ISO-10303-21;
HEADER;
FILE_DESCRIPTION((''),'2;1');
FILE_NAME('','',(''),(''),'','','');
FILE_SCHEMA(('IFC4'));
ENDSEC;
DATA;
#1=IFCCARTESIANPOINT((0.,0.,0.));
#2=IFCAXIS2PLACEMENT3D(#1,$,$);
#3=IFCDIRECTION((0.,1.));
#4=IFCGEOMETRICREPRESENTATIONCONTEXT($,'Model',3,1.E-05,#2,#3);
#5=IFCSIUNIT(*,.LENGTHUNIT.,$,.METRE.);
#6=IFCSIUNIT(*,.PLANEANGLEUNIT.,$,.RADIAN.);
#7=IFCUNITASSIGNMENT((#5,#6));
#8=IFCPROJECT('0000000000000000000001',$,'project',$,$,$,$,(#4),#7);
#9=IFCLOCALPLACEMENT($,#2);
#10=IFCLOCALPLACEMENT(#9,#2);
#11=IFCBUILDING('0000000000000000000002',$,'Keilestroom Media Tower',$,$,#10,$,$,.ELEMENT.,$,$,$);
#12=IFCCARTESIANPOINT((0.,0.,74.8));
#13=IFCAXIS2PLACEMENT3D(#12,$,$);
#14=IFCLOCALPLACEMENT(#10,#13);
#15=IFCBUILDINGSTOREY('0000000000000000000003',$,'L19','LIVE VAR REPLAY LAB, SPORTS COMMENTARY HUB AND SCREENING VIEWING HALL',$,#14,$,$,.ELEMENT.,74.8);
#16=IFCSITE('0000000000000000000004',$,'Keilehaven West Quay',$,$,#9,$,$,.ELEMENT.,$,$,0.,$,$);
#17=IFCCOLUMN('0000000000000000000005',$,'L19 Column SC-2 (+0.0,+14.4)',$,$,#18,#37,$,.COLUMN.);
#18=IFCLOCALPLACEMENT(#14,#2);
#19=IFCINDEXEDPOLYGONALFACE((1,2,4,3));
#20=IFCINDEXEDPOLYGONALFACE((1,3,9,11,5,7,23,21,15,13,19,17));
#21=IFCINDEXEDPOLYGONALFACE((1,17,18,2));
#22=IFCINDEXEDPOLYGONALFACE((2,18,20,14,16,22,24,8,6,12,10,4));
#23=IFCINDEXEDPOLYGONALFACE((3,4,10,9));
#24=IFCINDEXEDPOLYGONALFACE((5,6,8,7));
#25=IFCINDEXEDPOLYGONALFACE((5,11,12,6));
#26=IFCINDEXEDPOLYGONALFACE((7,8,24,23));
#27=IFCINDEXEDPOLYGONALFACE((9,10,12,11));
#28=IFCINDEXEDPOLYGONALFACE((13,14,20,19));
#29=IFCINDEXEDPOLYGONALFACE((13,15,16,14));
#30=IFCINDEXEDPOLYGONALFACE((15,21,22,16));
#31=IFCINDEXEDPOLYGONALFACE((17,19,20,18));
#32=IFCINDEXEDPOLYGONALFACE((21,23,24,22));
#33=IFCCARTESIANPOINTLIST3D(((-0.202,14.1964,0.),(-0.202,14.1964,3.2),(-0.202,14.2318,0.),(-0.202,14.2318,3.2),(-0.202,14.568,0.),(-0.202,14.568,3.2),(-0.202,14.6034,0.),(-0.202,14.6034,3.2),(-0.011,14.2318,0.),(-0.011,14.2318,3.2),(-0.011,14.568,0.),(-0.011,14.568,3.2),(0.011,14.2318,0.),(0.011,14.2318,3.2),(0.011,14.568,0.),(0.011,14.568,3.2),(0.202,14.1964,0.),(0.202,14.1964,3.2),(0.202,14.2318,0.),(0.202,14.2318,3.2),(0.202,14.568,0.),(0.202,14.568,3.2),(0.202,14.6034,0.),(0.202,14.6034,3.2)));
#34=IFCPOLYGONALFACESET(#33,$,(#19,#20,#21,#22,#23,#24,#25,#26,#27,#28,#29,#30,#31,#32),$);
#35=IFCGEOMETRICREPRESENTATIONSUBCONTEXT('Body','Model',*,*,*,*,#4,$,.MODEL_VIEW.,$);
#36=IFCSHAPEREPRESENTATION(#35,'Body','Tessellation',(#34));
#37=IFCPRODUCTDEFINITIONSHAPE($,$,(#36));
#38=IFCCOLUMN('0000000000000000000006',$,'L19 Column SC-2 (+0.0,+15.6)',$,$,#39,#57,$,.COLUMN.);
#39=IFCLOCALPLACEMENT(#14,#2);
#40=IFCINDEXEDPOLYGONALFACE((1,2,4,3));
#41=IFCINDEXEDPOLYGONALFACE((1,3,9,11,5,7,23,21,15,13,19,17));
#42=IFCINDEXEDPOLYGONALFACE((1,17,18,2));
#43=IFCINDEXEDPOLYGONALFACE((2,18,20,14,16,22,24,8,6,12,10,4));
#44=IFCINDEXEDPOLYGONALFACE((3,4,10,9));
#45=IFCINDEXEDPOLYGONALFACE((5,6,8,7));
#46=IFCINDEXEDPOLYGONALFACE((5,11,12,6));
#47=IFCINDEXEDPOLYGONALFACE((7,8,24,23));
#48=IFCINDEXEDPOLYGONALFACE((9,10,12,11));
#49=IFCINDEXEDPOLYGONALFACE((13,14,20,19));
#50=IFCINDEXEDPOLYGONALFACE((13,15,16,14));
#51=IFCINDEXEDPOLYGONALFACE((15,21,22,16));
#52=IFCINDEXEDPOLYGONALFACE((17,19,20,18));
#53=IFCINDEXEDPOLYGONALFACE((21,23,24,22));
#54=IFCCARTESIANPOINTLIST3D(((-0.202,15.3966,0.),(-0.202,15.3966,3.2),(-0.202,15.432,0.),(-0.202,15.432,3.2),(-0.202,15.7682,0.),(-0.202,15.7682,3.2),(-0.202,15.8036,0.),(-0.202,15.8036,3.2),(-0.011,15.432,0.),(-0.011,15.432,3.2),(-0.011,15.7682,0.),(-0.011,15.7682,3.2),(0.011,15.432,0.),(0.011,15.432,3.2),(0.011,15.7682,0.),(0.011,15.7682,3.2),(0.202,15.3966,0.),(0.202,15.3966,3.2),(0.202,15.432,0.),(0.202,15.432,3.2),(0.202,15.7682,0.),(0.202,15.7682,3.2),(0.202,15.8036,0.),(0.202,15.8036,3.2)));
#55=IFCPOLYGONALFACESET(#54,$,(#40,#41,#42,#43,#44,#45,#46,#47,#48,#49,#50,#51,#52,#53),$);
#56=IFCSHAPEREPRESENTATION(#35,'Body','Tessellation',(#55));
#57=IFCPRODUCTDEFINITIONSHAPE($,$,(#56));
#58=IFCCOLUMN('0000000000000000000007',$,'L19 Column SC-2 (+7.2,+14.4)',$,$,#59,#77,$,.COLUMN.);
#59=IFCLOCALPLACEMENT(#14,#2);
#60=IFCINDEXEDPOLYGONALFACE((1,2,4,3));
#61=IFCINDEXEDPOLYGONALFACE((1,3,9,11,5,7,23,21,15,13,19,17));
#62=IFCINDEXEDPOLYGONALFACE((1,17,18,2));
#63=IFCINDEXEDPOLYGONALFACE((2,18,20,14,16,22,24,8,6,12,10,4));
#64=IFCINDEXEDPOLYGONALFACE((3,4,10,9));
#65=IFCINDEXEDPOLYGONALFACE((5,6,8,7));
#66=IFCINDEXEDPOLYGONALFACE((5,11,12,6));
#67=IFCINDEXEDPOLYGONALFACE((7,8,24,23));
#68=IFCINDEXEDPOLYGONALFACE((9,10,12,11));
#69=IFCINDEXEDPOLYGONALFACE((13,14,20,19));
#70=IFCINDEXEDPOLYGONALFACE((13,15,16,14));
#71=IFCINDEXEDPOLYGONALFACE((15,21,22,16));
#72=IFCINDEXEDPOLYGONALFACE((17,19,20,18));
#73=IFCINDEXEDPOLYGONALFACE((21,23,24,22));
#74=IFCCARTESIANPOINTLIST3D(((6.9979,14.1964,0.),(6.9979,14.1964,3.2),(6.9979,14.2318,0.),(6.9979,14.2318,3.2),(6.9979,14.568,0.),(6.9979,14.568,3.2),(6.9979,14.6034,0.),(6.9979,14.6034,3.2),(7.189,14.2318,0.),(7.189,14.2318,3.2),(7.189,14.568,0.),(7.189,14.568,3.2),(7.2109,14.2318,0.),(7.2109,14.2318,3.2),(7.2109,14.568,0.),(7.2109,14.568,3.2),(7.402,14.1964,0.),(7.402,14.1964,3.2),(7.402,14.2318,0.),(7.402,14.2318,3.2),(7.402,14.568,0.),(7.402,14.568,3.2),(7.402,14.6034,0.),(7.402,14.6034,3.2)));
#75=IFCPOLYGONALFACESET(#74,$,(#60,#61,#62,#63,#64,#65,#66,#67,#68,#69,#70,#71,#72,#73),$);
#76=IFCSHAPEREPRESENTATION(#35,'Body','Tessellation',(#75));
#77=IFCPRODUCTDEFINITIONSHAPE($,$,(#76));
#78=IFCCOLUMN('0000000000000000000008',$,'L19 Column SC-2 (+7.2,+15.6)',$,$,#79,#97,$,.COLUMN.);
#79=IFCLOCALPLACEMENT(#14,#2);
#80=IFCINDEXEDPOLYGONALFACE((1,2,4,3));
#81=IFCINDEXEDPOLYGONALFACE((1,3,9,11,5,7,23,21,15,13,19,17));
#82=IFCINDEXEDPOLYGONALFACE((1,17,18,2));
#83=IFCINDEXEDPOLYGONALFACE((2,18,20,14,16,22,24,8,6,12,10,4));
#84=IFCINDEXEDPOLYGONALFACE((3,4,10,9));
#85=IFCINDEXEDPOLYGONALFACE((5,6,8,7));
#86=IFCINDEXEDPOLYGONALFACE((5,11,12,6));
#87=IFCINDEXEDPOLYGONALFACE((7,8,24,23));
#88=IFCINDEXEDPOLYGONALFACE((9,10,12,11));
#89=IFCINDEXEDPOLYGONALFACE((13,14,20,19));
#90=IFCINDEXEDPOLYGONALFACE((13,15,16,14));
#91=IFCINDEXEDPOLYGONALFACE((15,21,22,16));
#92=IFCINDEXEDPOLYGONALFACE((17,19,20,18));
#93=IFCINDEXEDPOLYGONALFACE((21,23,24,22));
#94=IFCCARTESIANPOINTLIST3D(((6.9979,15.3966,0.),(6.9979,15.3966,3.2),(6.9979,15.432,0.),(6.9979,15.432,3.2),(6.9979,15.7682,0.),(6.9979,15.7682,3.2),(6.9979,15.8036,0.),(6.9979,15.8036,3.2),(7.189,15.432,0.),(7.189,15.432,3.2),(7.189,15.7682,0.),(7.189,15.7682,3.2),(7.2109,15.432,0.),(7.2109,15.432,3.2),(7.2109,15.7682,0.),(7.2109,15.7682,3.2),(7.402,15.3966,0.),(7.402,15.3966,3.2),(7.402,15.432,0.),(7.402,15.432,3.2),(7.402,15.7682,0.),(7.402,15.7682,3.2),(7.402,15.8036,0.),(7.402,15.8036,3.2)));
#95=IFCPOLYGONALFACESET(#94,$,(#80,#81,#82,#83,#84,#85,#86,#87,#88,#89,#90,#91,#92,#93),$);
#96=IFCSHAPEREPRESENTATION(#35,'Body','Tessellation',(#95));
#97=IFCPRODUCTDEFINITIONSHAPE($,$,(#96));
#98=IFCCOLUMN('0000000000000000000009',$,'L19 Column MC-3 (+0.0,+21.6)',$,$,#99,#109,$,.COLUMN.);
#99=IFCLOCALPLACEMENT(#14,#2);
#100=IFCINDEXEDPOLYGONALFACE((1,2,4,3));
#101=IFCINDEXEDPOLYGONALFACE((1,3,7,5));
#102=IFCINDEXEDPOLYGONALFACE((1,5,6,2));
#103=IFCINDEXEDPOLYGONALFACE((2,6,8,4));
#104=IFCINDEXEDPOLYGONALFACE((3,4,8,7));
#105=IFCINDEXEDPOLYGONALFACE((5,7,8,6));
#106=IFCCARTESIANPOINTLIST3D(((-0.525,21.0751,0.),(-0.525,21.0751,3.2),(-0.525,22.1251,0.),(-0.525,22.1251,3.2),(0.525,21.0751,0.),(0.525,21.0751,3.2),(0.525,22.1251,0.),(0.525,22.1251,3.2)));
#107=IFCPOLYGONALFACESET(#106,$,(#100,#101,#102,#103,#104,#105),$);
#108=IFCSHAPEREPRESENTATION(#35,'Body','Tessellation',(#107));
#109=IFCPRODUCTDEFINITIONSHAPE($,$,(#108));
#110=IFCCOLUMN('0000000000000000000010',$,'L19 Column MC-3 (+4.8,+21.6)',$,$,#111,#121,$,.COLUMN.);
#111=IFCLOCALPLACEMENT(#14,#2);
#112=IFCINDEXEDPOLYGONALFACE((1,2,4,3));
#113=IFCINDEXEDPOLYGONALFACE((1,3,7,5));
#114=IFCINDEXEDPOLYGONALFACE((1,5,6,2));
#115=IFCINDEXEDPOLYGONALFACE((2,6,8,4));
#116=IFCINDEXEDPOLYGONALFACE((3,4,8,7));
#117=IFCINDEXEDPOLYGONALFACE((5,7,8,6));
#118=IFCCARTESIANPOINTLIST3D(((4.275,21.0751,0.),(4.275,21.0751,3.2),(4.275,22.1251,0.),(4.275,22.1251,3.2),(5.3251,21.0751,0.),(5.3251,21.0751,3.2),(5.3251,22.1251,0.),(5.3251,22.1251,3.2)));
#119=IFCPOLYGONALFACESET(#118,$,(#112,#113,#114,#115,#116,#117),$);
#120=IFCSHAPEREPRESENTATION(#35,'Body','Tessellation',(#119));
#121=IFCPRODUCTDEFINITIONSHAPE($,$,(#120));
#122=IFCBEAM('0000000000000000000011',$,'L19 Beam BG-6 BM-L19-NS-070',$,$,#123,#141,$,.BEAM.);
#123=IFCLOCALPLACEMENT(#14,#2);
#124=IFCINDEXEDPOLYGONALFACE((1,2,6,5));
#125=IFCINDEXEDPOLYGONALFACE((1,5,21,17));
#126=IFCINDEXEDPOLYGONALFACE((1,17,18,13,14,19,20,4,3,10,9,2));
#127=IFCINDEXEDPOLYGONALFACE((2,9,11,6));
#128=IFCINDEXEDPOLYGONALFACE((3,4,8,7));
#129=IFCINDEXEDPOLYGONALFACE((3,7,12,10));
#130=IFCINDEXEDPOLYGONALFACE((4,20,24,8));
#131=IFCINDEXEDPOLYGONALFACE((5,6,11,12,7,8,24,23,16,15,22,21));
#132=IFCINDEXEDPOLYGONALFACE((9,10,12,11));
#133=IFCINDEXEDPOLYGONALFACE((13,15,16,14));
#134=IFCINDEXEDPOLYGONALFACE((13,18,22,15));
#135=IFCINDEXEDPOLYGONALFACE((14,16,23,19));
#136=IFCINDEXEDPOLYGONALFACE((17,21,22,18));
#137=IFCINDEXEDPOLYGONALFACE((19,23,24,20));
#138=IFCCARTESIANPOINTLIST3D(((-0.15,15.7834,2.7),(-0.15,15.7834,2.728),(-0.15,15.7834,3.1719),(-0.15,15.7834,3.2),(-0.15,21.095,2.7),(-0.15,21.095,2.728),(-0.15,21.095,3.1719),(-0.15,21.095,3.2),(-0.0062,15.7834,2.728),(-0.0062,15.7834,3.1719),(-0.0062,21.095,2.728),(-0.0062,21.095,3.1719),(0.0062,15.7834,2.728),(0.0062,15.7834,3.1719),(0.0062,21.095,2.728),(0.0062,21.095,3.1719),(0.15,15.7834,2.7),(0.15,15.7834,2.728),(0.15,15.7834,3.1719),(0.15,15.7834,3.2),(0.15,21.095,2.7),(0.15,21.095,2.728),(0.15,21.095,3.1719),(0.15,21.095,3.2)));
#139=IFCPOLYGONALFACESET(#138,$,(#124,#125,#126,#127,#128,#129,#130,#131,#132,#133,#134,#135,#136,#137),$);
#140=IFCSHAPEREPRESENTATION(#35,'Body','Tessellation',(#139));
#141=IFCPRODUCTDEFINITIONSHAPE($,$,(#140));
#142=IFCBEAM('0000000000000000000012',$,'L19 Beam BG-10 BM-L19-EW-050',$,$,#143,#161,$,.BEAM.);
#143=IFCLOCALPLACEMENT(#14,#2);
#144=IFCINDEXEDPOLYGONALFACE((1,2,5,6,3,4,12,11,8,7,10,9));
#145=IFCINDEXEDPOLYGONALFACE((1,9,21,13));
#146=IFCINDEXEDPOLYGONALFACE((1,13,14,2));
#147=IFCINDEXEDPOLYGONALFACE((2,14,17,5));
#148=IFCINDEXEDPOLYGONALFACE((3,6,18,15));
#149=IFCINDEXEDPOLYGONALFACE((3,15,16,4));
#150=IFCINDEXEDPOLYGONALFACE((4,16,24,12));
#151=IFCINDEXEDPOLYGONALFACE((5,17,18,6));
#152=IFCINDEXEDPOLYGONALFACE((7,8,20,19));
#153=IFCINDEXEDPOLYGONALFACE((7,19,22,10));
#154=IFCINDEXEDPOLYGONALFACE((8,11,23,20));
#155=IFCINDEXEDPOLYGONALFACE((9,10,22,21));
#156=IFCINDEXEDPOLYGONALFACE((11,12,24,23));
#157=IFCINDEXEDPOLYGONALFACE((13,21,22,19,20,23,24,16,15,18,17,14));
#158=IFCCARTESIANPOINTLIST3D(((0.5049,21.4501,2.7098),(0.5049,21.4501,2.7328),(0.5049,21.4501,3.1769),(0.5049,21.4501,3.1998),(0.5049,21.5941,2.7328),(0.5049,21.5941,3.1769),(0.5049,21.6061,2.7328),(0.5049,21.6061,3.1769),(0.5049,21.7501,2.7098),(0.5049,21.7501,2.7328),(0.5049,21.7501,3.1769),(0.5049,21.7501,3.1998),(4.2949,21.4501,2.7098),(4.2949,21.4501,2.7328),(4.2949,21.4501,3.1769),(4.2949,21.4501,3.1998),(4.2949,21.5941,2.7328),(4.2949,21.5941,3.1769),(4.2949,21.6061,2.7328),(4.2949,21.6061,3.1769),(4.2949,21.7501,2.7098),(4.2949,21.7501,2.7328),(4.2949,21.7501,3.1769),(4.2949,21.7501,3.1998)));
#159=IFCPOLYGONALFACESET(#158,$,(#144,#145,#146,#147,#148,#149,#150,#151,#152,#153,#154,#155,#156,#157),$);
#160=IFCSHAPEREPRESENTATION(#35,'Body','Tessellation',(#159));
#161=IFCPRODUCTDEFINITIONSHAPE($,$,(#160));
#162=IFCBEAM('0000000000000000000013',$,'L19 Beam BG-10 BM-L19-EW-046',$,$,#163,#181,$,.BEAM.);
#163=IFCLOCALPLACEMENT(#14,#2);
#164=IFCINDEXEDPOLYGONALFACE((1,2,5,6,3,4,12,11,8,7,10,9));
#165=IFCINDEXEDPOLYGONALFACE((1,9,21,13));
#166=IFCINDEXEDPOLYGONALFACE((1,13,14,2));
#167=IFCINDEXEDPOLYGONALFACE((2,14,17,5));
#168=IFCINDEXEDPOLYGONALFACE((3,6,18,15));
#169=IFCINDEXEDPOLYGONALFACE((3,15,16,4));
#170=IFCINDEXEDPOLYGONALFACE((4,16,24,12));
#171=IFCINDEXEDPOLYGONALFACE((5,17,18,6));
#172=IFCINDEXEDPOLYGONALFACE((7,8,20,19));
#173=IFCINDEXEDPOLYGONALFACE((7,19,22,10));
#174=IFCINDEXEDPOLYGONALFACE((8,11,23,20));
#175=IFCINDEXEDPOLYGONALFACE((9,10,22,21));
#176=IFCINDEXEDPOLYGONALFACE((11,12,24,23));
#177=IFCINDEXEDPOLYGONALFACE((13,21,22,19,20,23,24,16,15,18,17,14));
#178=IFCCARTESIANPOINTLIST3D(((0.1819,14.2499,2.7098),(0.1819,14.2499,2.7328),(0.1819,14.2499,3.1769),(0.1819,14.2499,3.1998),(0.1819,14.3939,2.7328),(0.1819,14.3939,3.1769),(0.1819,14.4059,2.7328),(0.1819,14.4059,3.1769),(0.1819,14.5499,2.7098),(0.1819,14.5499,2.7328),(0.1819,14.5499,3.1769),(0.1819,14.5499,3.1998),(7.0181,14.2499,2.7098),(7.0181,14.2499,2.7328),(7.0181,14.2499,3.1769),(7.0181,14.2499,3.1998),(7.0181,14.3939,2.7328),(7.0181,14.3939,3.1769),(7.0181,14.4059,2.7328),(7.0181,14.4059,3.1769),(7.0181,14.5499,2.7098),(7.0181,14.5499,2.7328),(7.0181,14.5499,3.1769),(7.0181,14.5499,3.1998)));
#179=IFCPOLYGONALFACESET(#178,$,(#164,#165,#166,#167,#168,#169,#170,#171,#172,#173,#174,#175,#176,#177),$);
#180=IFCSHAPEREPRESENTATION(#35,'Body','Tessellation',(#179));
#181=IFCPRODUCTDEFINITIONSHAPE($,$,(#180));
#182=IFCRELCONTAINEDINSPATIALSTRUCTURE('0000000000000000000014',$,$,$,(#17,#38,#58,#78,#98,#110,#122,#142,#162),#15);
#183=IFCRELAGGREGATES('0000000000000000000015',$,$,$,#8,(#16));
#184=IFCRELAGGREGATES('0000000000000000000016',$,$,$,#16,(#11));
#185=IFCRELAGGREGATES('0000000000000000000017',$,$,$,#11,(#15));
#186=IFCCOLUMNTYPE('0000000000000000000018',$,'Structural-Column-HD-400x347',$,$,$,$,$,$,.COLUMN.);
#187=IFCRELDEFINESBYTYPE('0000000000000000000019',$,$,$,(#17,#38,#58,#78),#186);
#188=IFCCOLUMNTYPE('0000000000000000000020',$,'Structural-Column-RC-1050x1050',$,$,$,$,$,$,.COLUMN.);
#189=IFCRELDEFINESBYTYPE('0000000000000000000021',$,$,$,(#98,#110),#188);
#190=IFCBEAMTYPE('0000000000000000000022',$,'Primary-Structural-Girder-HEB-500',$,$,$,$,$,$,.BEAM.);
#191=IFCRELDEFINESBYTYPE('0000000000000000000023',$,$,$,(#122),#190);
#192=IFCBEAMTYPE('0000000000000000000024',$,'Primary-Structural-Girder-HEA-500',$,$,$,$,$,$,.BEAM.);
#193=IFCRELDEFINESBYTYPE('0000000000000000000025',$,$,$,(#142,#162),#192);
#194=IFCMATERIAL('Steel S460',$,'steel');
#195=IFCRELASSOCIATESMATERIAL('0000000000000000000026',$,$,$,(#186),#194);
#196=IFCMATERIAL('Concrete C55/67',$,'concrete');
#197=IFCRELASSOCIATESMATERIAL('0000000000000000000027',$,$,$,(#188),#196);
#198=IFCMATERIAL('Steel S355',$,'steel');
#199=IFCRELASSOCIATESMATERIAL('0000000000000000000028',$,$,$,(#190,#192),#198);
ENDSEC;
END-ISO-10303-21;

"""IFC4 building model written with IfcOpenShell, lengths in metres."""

from ifc_helpers import new_model, si_unit, direction, frame, origin, origin_2d, place, context, subcontext, project, spatial, rectangle, i_section, extrude, source, transform, mapped, material, material_profile, profile_set, type_object, element, save


model = new_model("IFC4")

# Units and contexts
model_context = context("Model", 3, precision=1e-05, world=origin(), true_north=direction((0.0, 1.0)))
body_context = subcontext(model_context, "Body", "Model", "MODEL_VIEW")
ifc_project = project(units=[si_unit("LENGTHUNIT", "METRE"), si_unit("PLANEANGLEUNIT", "RADIAN")], contexts=[model_context])

# Site, building, storey
site_placement = place(None, origin())
site = spatial("IfcSite", under=ifc_project, at=site_placement, Name="Keilehaven West Quay", CompositionType="ELEMENT", RefElevation=0.0)
building_placement = place(site_placement, origin())
building = spatial("IfcBuilding", under=site, at=building_placement, Name="Keilestroom Media Tower", CompositionType="ELEMENT")
storey_placement = place(building_placement, frame((0.0, 0.0, 74.8)))
storey = spatial("IfcBuildingStorey", under=building, at=storey_placement, Name="L19", Description="LIVE VAR REPLAY LAB, SPORTS COMMENTARY HUB AND SCREENING VIEWING HALL", CompositionType="ELEMENT", Elevation=74.8)

# Columns
ifc_material_1 = material(Name="Steel S460", Category="steel")
ifc_material_profile_1 = material_profile(ifc_material_1, i_section(OverallWidth=0.4041, OverallDepth=0.407, WebThickness=0.022, FlangeThickness=0.0354, at=origin_2d()), Name="HD 400x347")
ifc_profile_set_1 = profile_set([ifc_material_profile_1], Name="Steel S460")
column_type_1 = type_object("IfcColumnType", Name="Structural-Column-HD-400x347", PredefinedType="COLUMN", material=ifc_profile_set_1)
shared_shape_1 = source(origin(), body_context, "Body", "SweptSolid", [
    extrude(i_section(OverallWidth=0.4041, OverallDepth=0.407, WebThickness=0.022, FlangeThickness=0.0354, at=origin_2d()), origin(), (0.0, 0.0, 1.0), 3.2),
])
for number, where, z_axis, x_axis, name in (
    (1, (0.0, 14.3999, 0.0), (0.0, 0.0, 1.0), (1.0, 0.0, 0.0), "L19 Column SC-2 (+0.0,+14.4)"),
    (2, (0.0, 15.6001, 0.0), (0.0, 0.0, 1.0), (1.0, 0.0, 0.0), "L19 Column SC-2 (+0.0,+15.6)"),
    (3, (7.2, 14.3999, 0.0), (0.0, 0.0, 1.0), (1.0, 0.0, 0.0), "L19 Column SC-2 (+7.2,+14.4)"),
    (4, (7.2, 15.6001, 0.0), (0.0, 0.0, 1.0), (1.0, 0.0, 0.0), "L19 Column SC-2 (+7.2,+15.6)"),
):
    element("IfcColumn", number, at=place(storey_placement, frame(where, z_axis=z_axis, x_axis=x_axis)), inside=storey, type_object=column_type_1, Name=name, PredefinedType="COLUMN", context=body_context, shape_type="MappedRepresentation", body=[
        mapped(shared_shape_1, transform((0.0, 0.0, 0.0), x_axis=(1.0, 0.0, 0.0), y_axis=(0.0, 1.0, 0.0), z_axis=(0.0, 0.0, 1.0), scale=1.0)),
    ])
ifc_material_2 = material(Name="Concrete C55/67", Category="concrete")
ifc_material_profile_2 = material_profile(ifc_material_2, rectangle(XDim=1.05, YDim=1.05, at=origin_2d()), Name="RC 1050x1050")
ifc_profile_set_2 = profile_set([ifc_material_profile_2], Name="Concrete C55/67")
column_type_2 = type_object("IfcColumnType", Name="Structural-Column-RC-1050x1050", PredefinedType="COLUMN", material=ifc_profile_set_2)
shared_shape_2 = source(origin(), body_context, "Body", "SweptSolid", [
    extrude(rectangle(XDim=1.05, YDim=1.05, at=origin_2d()), origin(), (0.0, 0.0, 1.0), 3.2),
])
for number, where, z_axis, x_axis, name in (
    (5, (0.0, 21.6001, 0.0), (0.0, 0.0, 1.0), (1.0, 0.0, 0.0), "L19 Column MC-3 (+0.0,+21.6)"),
    (6, (4.8, 21.6001, 0.0), (0.0, 0.0, 1.0), (1.0, 0.0, 0.0), "L19 Column MC-3 (+4.8,+21.6)"),
):
    element("IfcColumn", number, at=place(storey_placement, frame(where, z_axis=z_axis, x_axis=x_axis)), inside=storey, type_object=column_type_2, Name=name, PredefinedType="COLUMN", context=body_context, shape_type="MappedRepresentation", body=[
        mapped(shared_shape_2, transform((0.0, 0.0, 0.0), x_axis=(1.0, 0.0, 0.0), y_axis=(0.0, 1.0, 0.0), z_axis=(0.0, 0.0, 1.0), scale=1.0)),
    ])

# Beams
ifc_material_3 = material(Name="Steel S355", Category="steel")
ifc_material_profile_3 = material_profile(ifc_material_3, i_section(OverallWidth=0.3, OverallDepth=0.5, WebThickness=0.0125, FlangeThickness=0.0281, at=origin_2d()), Name="HEB 500")
ifc_profile_set_3 = profile_set([ifc_material_profile_3], Name="Steel S355")
beam_type_1 = type_object("IfcBeamType", Name="Primary-Structural-Girder-HEB-500", PredefinedType="BEAM", material=ifc_profile_set_3)
shared_shape_3 = source(origin(), body_context, "Body", "SweptSolid", [
    extrude(i_section(OverallWidth=0.3, OverallDepth=0.5, WebThickness=0.0125, FlangeThickness=0.0281, at=origin_2d()), origin(), (0.0, 0.0, 1.0), 5.3115),
])
beam_1_placement = place(storey_placement, frame((0.0, 15.7834, 2.95), z_axis=(0.0, 1.0, 0.0), x_axis=(-1.0, 0.0, 0.0)))
element("IfcBeam", 7, at=beam_1_placement, inside=storey, type_object=beam_type_1, Name="L19 Beam BG-6 BM-L19-NS-070", PredefinedType="BEAM", context=body_context, shape_type="MappedRepresentation", body=[
    mapped(shared_shape_3, transform((0.0, 0.0, 0.0), x_axis=(1.0, 0.0, 0.0), y_axis=(0.0, 1.0, 0.0), z_axis=(0.0, 0.0, 1.0), scale=1.0)),
])
ifc_material_profile_4 = material_profile(ifc_material_3, i_section(OverallWidth=0.3, OverallDepth=0.49, WebThickness=0.012, FlangeThickness=0.0229, at=origin_2d()), Name="HEA 500")
ifc_profile_set_4 = profile_set([ifc_material_profile_4], Name="Steel S355")
beam_type_2 = type_object("IfcBeamType", Name="Primary-Structural-Girder-HEA-500", PredefinedType="BEAM", material=ifc_profile_set_4)
shared_shape_4 = source(origin(), body_context, "Body", "SweptSolid", [
    extrude(i_section(OverallWidth=0.3, OverallDepth=0.49, WebThickness=0.012, FlangeThickness=0.0229, at=origin_2d()), origin(), (0.0, 0.0, 1.0), 3.79),
])
beam_2_placement = place(storey_placement, frame((0.5049, 21.6001, 2.9548), z_axis=(1.0, 0.0, 0.0), x_axis=(0.0, 1.0, 0.0)))
element("IfcBeam", 8, at=beam_2_placement, inside=storey, type_object=beam_type_2, Name="L19 Beam BG-10 BM-L19-EW-050", PredefinedType="BEAM", context=body_context, shape_type="MappedRepresentation", body=[
    mapped(shared_shape_4, transform((0.0, 0.0, 0.0), x_axis=(1.0, 0.0, 0.0), y_axis=(0.0, 1.0, 0.0), z_axis=(0.0, 0.0, 1.0), scale=1.0)),
])
shared_shape_5 = source(origin(), body_context, "Body", "SweptSolid", [
    extrude(i_section(OverallWidth=0.3, OverallDepth=0.49, WebThickness=0.012, FlangeThickness=0.0229, at=origin_2d()), origin(), (0.0, 0.0, 1.0), 6.8362),
])
for number, where, z_axis, x_axis, name in (
    (9, (0.1819, 14.3999, 2.9548), (1.0, 0.0, 0.0), (0.0, 1.0, 0.0), "L19 Beam BG-10 BM-L19-EW-046"),
):
    element("IfcBeam", number, at=place(storey_placement, frame(where, z_axis=z_axis, x_axis=x_axis)), inside=storey, type_object=beam_type_2, Name=name, PredefinedType="BEAM", context=body_context, shape_type="MappedRepresentation", body=[
        mapped(shared_shape_5, transform((0.0, 0.0, 0.0), x_axis=(1.0, 0.0, 0.0), y_axis=(0.0, 1.0, 0.0), z_axis=(0.0, 0.0, 1.0), scale=1.0)),
    ])

save(model, "model.ifc")
